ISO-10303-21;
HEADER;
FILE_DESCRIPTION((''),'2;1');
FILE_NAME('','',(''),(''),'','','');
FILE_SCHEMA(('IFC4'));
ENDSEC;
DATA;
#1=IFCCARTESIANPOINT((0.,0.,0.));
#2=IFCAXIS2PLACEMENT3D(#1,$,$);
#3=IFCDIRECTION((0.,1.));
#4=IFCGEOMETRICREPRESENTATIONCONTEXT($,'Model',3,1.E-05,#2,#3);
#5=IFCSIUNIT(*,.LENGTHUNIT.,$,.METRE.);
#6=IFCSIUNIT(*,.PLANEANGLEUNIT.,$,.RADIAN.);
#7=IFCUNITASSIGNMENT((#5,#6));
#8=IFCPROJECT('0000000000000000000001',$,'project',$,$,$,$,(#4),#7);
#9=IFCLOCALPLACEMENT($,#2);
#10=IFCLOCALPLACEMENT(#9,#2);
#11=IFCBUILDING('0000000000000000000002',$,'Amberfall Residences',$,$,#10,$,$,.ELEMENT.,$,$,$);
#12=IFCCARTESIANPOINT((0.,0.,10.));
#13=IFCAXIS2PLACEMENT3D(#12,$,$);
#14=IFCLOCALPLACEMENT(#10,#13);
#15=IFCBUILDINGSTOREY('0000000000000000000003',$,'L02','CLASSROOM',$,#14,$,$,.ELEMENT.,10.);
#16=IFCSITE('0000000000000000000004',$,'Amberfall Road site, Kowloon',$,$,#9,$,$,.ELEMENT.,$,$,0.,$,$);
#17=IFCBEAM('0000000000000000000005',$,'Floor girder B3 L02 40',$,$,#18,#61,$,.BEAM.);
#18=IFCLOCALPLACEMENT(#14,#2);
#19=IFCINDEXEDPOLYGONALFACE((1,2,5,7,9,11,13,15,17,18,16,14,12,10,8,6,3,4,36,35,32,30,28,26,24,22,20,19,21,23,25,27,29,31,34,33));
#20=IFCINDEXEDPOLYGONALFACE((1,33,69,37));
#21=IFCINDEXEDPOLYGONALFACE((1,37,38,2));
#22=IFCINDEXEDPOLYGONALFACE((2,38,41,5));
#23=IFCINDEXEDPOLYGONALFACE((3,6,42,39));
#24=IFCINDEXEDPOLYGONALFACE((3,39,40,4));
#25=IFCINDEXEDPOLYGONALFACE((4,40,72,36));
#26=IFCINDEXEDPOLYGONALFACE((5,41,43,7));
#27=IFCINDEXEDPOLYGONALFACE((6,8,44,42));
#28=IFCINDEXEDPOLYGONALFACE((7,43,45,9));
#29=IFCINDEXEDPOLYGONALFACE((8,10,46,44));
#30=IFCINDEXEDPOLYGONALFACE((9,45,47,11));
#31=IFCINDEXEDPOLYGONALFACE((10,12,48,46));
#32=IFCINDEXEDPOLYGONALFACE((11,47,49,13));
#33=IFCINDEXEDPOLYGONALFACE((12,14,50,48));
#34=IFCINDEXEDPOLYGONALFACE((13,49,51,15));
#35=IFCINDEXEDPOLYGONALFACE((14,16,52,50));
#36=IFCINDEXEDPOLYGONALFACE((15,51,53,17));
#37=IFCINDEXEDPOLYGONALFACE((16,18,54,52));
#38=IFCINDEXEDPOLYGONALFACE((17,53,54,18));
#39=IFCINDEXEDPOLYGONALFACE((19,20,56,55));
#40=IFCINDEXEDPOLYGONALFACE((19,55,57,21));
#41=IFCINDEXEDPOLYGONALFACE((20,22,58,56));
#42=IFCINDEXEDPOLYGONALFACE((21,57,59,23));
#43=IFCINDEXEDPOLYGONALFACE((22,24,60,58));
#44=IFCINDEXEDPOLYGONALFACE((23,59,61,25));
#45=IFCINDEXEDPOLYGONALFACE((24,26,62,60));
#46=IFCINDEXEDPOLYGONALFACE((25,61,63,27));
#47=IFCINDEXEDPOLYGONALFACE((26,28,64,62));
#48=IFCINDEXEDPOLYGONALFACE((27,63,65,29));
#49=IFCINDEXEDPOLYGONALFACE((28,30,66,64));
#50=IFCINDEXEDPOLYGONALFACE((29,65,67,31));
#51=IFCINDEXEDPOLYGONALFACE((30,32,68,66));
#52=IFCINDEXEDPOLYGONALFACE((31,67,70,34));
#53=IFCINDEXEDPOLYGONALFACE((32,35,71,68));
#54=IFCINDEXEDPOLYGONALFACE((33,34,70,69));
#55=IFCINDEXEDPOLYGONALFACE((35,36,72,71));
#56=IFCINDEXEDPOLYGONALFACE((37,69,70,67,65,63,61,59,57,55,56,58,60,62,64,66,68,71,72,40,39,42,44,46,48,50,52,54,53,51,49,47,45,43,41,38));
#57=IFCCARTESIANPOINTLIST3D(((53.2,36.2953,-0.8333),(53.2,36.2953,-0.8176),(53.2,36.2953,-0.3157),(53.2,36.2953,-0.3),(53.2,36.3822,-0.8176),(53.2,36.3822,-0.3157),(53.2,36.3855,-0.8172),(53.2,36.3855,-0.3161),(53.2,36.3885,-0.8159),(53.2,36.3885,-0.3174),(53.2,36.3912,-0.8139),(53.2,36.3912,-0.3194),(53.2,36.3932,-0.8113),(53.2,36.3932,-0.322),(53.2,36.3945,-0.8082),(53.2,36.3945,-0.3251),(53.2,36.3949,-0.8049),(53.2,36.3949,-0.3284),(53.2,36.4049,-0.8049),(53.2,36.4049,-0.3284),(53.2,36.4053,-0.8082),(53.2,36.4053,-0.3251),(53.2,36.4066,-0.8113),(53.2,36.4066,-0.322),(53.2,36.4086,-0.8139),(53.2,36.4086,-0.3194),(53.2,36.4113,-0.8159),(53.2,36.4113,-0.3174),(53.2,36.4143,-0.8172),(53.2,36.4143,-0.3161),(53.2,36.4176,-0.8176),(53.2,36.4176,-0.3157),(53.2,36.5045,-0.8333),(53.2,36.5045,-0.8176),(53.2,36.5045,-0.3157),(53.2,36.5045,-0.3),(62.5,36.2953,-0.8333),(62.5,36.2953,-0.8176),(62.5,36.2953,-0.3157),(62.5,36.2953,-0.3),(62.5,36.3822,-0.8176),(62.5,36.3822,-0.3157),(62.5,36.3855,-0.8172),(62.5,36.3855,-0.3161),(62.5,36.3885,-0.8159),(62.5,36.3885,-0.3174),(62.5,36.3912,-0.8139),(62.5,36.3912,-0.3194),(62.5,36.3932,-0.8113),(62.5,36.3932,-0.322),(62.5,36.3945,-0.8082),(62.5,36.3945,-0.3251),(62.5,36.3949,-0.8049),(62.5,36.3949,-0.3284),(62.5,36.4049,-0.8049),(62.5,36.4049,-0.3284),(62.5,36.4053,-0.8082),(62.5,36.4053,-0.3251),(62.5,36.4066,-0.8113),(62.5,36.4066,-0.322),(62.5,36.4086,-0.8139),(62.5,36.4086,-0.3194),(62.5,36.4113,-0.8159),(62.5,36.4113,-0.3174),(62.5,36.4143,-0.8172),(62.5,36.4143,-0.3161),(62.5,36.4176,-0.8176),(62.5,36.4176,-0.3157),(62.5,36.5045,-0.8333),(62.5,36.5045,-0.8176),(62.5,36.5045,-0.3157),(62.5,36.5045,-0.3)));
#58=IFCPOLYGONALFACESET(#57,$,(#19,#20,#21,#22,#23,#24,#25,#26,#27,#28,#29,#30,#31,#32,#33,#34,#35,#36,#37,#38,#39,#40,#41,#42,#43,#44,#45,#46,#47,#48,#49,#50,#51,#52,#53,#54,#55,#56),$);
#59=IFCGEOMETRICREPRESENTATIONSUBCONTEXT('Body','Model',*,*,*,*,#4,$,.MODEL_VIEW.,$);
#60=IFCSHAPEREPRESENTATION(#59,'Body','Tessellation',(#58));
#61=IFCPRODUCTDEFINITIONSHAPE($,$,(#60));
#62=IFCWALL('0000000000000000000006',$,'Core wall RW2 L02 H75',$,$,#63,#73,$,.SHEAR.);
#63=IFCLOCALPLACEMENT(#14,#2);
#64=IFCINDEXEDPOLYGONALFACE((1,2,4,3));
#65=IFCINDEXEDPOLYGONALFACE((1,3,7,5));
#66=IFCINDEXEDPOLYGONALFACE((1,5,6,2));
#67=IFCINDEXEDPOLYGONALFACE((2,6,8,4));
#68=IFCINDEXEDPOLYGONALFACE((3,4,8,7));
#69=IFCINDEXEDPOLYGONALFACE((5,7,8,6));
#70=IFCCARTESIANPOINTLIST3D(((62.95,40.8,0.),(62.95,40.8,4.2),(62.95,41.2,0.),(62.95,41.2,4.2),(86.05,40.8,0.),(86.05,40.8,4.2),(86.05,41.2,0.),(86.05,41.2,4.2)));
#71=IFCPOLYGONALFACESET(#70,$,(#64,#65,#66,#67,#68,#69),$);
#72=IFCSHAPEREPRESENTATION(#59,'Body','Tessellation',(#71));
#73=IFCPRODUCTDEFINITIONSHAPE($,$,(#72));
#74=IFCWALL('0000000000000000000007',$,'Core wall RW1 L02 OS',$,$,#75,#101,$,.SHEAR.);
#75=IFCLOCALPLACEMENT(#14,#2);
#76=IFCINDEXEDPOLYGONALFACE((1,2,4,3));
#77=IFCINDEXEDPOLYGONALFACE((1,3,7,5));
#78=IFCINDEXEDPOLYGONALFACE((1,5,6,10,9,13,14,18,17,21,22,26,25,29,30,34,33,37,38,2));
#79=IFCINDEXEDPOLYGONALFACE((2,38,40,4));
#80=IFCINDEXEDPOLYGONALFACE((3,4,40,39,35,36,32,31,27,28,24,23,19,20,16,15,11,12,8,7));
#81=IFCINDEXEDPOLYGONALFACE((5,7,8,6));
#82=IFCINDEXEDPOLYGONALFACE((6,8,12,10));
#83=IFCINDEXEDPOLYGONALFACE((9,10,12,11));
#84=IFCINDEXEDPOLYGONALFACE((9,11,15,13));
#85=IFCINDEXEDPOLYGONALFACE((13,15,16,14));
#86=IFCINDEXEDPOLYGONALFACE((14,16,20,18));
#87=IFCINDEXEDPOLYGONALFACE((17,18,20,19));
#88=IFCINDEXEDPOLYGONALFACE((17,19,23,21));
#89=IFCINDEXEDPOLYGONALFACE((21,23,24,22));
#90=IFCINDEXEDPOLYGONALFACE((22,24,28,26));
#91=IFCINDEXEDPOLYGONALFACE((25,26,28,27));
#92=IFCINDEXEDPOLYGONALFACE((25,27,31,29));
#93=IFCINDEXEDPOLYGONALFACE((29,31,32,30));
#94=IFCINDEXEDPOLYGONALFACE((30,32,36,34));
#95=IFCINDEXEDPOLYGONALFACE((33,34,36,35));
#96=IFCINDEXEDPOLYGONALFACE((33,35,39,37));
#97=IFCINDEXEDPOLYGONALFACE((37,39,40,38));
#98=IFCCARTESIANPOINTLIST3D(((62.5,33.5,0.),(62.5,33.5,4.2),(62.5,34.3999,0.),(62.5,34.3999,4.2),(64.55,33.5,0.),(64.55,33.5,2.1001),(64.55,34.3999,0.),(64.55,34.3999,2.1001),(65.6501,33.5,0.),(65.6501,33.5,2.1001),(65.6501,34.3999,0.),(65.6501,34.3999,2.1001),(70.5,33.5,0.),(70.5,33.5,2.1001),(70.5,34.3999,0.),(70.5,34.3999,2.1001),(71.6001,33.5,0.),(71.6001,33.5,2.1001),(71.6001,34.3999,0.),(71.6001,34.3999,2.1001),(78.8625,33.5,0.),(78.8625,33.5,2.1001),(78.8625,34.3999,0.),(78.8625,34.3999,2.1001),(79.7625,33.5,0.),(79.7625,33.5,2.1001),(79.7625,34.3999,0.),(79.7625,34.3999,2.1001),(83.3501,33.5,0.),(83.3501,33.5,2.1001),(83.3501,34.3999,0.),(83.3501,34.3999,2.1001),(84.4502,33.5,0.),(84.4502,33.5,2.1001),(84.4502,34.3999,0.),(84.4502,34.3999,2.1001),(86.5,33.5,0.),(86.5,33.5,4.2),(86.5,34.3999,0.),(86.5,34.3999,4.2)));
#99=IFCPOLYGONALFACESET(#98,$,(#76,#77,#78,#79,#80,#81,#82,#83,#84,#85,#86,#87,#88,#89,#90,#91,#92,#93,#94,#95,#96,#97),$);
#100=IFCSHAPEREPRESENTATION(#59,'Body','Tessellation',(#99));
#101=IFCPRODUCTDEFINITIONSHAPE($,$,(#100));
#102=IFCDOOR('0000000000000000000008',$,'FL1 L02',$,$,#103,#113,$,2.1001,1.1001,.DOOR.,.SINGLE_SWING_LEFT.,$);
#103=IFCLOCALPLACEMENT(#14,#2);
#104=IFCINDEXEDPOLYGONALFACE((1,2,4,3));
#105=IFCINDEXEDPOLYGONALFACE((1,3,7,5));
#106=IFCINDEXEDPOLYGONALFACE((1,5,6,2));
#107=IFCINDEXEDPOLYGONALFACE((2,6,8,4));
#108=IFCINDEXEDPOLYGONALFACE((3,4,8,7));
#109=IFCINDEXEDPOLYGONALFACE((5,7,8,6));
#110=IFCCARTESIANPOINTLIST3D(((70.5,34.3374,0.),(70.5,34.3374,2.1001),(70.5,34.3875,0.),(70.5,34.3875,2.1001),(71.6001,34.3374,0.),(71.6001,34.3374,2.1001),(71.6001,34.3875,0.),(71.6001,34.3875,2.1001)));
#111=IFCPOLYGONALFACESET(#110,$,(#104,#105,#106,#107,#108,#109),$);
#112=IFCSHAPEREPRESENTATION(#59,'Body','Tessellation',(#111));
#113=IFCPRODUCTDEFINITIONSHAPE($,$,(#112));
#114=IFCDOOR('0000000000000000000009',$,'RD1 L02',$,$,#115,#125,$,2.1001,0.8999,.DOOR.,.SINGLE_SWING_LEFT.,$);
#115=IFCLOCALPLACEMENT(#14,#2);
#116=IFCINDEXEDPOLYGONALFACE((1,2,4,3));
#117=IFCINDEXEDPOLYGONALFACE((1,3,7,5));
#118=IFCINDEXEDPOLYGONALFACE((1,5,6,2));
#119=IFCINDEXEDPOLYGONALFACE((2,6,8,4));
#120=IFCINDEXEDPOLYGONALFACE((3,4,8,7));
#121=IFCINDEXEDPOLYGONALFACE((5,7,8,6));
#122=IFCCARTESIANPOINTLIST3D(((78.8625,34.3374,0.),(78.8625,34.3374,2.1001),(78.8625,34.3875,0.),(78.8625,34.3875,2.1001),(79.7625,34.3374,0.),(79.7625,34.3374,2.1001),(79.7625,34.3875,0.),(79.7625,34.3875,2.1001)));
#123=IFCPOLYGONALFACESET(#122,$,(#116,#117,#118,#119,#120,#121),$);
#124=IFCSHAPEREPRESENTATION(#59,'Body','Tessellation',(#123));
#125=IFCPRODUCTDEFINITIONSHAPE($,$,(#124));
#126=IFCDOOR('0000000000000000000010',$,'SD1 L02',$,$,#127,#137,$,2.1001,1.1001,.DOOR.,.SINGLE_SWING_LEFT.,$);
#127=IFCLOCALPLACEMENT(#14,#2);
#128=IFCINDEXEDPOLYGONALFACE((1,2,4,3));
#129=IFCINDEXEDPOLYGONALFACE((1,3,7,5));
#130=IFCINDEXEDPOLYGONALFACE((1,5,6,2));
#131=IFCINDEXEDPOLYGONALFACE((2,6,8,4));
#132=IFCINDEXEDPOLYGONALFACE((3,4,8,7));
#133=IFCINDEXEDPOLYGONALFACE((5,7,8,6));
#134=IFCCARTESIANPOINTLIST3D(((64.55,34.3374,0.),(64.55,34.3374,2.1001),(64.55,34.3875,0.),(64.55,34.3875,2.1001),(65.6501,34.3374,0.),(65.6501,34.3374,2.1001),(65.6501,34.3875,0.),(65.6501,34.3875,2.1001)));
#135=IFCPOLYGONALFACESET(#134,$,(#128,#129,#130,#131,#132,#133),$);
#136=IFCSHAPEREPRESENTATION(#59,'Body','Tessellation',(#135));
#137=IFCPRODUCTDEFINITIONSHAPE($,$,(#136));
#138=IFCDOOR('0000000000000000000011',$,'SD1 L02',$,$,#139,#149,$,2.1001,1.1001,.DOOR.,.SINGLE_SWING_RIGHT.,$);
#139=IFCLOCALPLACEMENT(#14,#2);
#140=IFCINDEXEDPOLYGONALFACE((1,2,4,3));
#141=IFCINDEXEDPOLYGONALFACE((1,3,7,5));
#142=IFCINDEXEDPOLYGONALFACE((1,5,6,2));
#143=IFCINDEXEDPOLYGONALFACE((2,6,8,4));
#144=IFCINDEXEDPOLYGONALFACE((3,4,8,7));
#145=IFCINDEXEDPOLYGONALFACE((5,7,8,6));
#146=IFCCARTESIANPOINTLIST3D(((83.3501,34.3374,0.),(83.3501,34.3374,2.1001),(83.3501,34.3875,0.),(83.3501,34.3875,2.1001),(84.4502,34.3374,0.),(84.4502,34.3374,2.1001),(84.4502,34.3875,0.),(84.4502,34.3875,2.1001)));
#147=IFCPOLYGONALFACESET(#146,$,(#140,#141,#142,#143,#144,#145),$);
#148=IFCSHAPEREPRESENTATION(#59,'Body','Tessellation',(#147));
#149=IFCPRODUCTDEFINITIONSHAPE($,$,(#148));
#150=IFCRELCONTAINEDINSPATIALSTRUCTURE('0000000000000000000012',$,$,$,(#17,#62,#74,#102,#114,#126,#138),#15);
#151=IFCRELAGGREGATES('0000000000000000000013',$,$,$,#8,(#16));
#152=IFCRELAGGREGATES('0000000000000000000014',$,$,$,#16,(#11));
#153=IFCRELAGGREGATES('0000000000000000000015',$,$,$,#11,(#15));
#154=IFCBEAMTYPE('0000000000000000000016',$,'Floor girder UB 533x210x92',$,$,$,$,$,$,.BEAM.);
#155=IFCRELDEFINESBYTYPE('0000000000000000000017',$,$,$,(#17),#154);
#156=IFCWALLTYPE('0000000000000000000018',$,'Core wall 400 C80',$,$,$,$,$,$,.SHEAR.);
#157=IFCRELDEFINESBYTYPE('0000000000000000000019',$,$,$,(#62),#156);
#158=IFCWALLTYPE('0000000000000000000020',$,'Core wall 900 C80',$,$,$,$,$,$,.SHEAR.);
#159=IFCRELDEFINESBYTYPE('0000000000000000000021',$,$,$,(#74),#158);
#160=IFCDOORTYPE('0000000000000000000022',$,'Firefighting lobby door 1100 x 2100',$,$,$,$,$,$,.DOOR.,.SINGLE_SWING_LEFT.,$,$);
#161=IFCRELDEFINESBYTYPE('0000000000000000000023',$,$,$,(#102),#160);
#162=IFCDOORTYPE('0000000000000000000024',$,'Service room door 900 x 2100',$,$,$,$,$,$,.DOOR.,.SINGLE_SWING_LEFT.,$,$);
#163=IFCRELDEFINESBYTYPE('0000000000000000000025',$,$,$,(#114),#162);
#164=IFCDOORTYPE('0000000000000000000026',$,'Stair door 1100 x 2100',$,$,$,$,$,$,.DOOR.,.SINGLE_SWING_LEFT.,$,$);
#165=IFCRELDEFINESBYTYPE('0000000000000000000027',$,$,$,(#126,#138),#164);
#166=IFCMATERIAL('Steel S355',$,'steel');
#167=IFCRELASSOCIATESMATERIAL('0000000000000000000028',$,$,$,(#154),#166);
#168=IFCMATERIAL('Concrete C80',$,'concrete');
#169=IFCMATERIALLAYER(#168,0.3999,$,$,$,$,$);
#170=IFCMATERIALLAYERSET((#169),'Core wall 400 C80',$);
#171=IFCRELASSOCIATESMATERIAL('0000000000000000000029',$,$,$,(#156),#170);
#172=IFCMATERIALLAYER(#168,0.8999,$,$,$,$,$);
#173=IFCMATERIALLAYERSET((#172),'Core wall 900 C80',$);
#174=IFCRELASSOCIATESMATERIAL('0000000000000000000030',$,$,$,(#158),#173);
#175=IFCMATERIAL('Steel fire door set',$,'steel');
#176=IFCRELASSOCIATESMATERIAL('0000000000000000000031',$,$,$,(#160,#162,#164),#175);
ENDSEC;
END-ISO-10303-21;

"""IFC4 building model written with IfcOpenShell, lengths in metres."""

from ifc_helpers import new_model, si_unit, direction, frame, frame_2d, origin, origin_2d, place, context, subcontext, project, spatial, rectangle, i_section, extrude, material, layer, layer_set, material_profile, profile_set, type_object, element, fill, save


model = new_model("IFC4")

# Units and contexts
model_context = context("Model", 3, precision=1e-05, world=origin(), true_north=direction((0.0, 1.0)))
body_context = subcontext(model_context, "Body", "Model", "MODEL_VIEW")
ifc_project = project(units=[si_unit("LENGTHUNIT", "METRE"), si_unit("PLANEANGLEUNIT", "RADIAN")], contexts=[model_context])

# Site, building, storey
site_placement = place(None, origin())
site = spatial("IfcSite", under=ifc_project, at=site_placement, Name="Amberfall Road site, Kowloon", CompositionType="ELEMENT", RefElevation=0.0)
building_placement = place(site_placement, origin())
building = spatial("IfcBuilding", under=site, at=building_placement, Name="Amberfall Residences", CompositionType="ELEMENT")
storey_placement = place(building_placement, frame((0.0, 0.0, 10.0)))
storey = spatial("IfcBuildingStorey", under=building, at=storey_placement, Name="L02", Description="CLASSROOM", CompositionType="ELEMENT", Elevation=10.0)

# Shared definitions
ifc_material_1 = material(Name="Concrete C80", Category="concrete")

# Beam
ifc_material_2 = material(Name="Steel S355", Category="steel")
ifc_material_profile_1 = material_profile(ifc_material_2, i_section(OverallWidth=0.2092, OverallDepth=0.5332, WebThickness=0.01, FlangeThickness=0.0156, FilletRadius=0.0127, at=origin_2d()), Name="UB 533x210x92")
ifc_profile_set_1 = profile_set([ifc_material_profile_1], Name="Steel S355")
beam_type_1 = type_object("IfcBeamType", Name="Floor girder UB 533x210x92", PredefinedType="BEAM", material=ifc_profile_set_1)
beam_1_placement = place(storey_placement, frame((53.2, 36.3999, -0.5667), z_axis=(1.0, 0.0, 0.0), x_axis=(0.0, 1.0, 0.0)))
element("IfcBeam", 1, at=beam_1_placement, inside=storey, type_object=beam_type_1, Name="Floor girder B3 L02 40", PredefinedType="BEAM", context=body_context, shape_type="SweptSolid", body=[
    extrude(i_section(OverallWidth=0.2092, OverallDepth=0.5332, WebThickness=0.01, FlangeThickness=0.0156, FilletRadius=0.0127, at=origin_2d()), origin(), (0.0, 0.0, 1.0), 9.3),
])

# Wall
ifc_layer_1 = layer(ifc_material_1, 0.3999)
ifc_layer_set_1 = layer_set([ifc_layer_1], Name="Core wall 400 C80")
wall_type_1 = type_object("IfcWallType", Name="Core wall 400 C80", PredefinedType="SHEAR", material=ifc_layer_set_1)
wall_1_placement = place(storey_placement, frame((62.95, 41.0, 0.0), z_axis=(0.0, 0.0, 1.0), x_axis=(1.0, 0.0, 0.0)))
element("IfcWall", 2, at=wall_1_placement, inside=storey, type_object=wall_type_1, Name="Core wall RW2 L02 H75", PredefinedType="SHEAR", context=body_context, shape_type="SweptSolid", body=[
    extrude(rectangle(XDim=23.1001, YDim=0.3999, at=frame_2d((11.55, 0.0))), origin(), (0.0, 0.0, 1.0), 4.2),
])

# Wall, openings, doors
ifc_layer_2 = layer(ifc_material_1, 0.8999)
ifc_layer_set_2 = layer_set([ifc_layer_2], Name="Core wall 900 C80")
wall_type_2 = type_object("IfcWallType", Name="Core wall 900 C80", PredefinedType="SHEAR", material=ifc_layer_set_2)
wall_2_placement = place(storey_placement, frame((62.5, 33.95, 0.0), z_axis=(0.0, 0.0, 1.0), x_axis=(1.0, 0.0, 0.0)))
wall_2 = element("IfcWall", 3, at=wall_2_placement, inside=storey, type_object=wall_type_2, Name="Core wall RW1 L02 OS", PredefinedType="SHEAR", context=body_context, shape_type="SweptSolid", body=[
    extrude(rectangle(XDim=24.0, YDim=0.8999, at=frame_2d((12.0, 0.0))), origin(), (0.0, 0.0, 1.0), 4.2),
])
opening_1_placement = place(wall_2_placement, frame((2.05, 0.0, 0.0)))
opening_1 = element("IfcOpeningElement", 4, at=opening_1_placement, cuts=wall_2, PredefinedType="OPENING", context=body_context, shape_type="SweptSolid", body=[
    extrude(rectangle(XDim=1.1001, YDim=2.1001, at=frame_2d((0.55, 1.05))), frame((0.0, 0.46, 0.0), z_axis=(0.0, -1.0, 0.0), x_axis=(1.0, 0.0, 0.0)), (0.0, 0.0, 1.0), 0.9199),
])
opening_2_placement = place(wall_2_placement, frame((20.8501, 0.0, 0.0)))
opening_2 = element("IfcOpeningElement", 5, at=opening_2_placement, cuts=wall_2, PredefinedType="OPENING", context=body_context, shape_type="SweptSolid", body=[
    extrude(rectangle(XDim=1.1001, YDim=2.1001, at=frame_2d((0.55, 1.05))), frame((0.0, 0.46, 0.0), z_axis=(0.0, -1.0, 0.0), x_axis=(1.0, 0.0, 0.0)), (0.0, 0.0, 1.0), 0.9199),
])
opening_3_placement = place(wall_2_placement, frame((8.0, 0.0, 0.0)))
opening_3 = element("IfcOpeningElement", 6, at=opening_3_placement, cuts=wall_2, PredefinedType="OPENING", context=body_context, shape_type="SweptSolid", body=[
    extrude(rectangle(XDim=1.1001, YDim=2.1001, at=frame_2d((0.55, 1.05))), frame((0.0, 0.46, 0.0), z_axis=(0.0, -1.0, 0.0), x_axis=(1.0, 0.0, 0.0)), (0.0, 0.0, 1.0), 0.9199),
])
opening_4_placement = place(wall_2_placement, frame((16.3625, 0.0, 0.0)))
opening_4 = element("IfcOpeningElement", 7, at=opening_4_placement, cuts=wall_2, PredefinedType="OPENING", context=body_context, shape_type="SweptSolid", body=[
    extrude(rectangle(XDim=0.8999, YDim=2.1001, at=frame_2d((0.45, 1.05))), frame((0.0, 0.46, 0.0), z_axis=(0.0, -1.0, 0.0), x_axis=(1.0, 0.0, 0.0)), (0.0, 0.0, 1.0), 0.9199),
])
ifc_material_3 = material(Name="Steel fire door set", Category="steel")
door_type_1 = type_object("IfcDoorType", Name="Firefighting lobby door 1100 x 2100", OperationType="SINGLE_SWING_LEFT", PredefinedType="DOOR", material=ifc_material_3)
door_1_placement = place(opening_3_placement, origin())
door_1 = element("IfcDoor", 8, at=door_1_placement, inside=storey, type_object=door_type_1, Name="FL1 L02", OperationType="SINGLE_SWING_LEFT", OverallHeight=2.1001, OverallWidth=1.1001, PredefinedType="DOOR", context=body_context, shape_type="SweptSolid", body=[
    extrude(rectangle(XDim=1.1001, YDim=2.1001, at=frame_2d((0.55, 1.05))), frame((0.0, 0.4375, 0.0), z_axis=(0.0, -1.0, 0.0), x_axis=(1.0, 0.0, 0.0)), (0.0, 0.0, 1.0), 0.05),
])
fill(opening_3, door_1)
door_type_2 = type_object("IfcDoorType", Name="Service room door 900 x 2100", OperationType="SINGLE_SWING_LEFT", PredefinedType="DOOR", material=ifc_material_3)
door_2_placement = place(opening_4_placement, origin())
door_2 = element("IfcDoor", 9, at=door_2_placement, inside=storey, type_object=door_type_2, Name="RD1 L02", OperationType="SINGLE_SWING_LEFT", OverallHeight=2.1001, OverallWidth=0.8999, PredefinedType="DOOR", context=body_context, shape_type="SweptSolid", body=[
    extrude(rectangle(XDim=0.8999, YDim=2.1001, at=frame_2d((0.45, 1.05))), frame((0.0, 0.4375, 0.0), z_axis=(0.0, -1.0, 0.0), x_axis=(1.0, 0.0, 0.0)), (0.0, 0.0, 1.0), 0.05),
])
fill(opening_4, door_2)
door_type_3 = type_object("IfcDoorType", Name="Stair door 1100 x 2100", OperationType="SINGLE_SWING_LEFT", PredefinedType="DOOR", material=ifc_material_3)
door_3_placement = place(opening_1_placement, origin())
door_3 = element("IfcDoor", 10, at=door_3_placement, inside=storey, type_object=door_type_3, Name="SD1 L02", OperationType="SINGLE_SWING_LEFT", OverallHeight=2.1001, OverallWidth=1.1001, PredefinedType="DOOR", context=body_context, shape_type="SweptSolid", body=[
    extrude(rectangle(XDim=1.1001, YDim=2.1001, at=frame_2d((0.55, 1.05))), frame((0.0, 0.4375, 0.0), z_axis=(0.0, -1.0, 0.0), x_axis=(1.0, 0.0, 0.0)), (0.0, 0.0, 1.0), 0.05),
])
fill(opening_1, door_3)
door_4_placement = place(opening_2_placement, origin())
door_4 = element("IfcDoor", 11, at=door_4_placement, inside=storey, type_object=door_type_3, Name="SD1 L02", OperationType="SINGLE_SWING_RIGHT", OverallHeight=2.1001, OverallWidth=1.1001, PredefinedType="DOOR", context=body_context, shape_type="SweptSolid", body=[
    extrude(rectangle(XDim=1.1001, YDim=2.1001, at=frame_2d((0.55, 1.05))), frame((0.0, 0.4375, 0.0), z_axis=(0.0, -1.0, 0.0), x_axis=(1.0, 0.0, 0.0)), (0.0, 0.0, 1.0), 0.05),
])
fill(opening_2, door_4)

save(model, "model.ifc")
